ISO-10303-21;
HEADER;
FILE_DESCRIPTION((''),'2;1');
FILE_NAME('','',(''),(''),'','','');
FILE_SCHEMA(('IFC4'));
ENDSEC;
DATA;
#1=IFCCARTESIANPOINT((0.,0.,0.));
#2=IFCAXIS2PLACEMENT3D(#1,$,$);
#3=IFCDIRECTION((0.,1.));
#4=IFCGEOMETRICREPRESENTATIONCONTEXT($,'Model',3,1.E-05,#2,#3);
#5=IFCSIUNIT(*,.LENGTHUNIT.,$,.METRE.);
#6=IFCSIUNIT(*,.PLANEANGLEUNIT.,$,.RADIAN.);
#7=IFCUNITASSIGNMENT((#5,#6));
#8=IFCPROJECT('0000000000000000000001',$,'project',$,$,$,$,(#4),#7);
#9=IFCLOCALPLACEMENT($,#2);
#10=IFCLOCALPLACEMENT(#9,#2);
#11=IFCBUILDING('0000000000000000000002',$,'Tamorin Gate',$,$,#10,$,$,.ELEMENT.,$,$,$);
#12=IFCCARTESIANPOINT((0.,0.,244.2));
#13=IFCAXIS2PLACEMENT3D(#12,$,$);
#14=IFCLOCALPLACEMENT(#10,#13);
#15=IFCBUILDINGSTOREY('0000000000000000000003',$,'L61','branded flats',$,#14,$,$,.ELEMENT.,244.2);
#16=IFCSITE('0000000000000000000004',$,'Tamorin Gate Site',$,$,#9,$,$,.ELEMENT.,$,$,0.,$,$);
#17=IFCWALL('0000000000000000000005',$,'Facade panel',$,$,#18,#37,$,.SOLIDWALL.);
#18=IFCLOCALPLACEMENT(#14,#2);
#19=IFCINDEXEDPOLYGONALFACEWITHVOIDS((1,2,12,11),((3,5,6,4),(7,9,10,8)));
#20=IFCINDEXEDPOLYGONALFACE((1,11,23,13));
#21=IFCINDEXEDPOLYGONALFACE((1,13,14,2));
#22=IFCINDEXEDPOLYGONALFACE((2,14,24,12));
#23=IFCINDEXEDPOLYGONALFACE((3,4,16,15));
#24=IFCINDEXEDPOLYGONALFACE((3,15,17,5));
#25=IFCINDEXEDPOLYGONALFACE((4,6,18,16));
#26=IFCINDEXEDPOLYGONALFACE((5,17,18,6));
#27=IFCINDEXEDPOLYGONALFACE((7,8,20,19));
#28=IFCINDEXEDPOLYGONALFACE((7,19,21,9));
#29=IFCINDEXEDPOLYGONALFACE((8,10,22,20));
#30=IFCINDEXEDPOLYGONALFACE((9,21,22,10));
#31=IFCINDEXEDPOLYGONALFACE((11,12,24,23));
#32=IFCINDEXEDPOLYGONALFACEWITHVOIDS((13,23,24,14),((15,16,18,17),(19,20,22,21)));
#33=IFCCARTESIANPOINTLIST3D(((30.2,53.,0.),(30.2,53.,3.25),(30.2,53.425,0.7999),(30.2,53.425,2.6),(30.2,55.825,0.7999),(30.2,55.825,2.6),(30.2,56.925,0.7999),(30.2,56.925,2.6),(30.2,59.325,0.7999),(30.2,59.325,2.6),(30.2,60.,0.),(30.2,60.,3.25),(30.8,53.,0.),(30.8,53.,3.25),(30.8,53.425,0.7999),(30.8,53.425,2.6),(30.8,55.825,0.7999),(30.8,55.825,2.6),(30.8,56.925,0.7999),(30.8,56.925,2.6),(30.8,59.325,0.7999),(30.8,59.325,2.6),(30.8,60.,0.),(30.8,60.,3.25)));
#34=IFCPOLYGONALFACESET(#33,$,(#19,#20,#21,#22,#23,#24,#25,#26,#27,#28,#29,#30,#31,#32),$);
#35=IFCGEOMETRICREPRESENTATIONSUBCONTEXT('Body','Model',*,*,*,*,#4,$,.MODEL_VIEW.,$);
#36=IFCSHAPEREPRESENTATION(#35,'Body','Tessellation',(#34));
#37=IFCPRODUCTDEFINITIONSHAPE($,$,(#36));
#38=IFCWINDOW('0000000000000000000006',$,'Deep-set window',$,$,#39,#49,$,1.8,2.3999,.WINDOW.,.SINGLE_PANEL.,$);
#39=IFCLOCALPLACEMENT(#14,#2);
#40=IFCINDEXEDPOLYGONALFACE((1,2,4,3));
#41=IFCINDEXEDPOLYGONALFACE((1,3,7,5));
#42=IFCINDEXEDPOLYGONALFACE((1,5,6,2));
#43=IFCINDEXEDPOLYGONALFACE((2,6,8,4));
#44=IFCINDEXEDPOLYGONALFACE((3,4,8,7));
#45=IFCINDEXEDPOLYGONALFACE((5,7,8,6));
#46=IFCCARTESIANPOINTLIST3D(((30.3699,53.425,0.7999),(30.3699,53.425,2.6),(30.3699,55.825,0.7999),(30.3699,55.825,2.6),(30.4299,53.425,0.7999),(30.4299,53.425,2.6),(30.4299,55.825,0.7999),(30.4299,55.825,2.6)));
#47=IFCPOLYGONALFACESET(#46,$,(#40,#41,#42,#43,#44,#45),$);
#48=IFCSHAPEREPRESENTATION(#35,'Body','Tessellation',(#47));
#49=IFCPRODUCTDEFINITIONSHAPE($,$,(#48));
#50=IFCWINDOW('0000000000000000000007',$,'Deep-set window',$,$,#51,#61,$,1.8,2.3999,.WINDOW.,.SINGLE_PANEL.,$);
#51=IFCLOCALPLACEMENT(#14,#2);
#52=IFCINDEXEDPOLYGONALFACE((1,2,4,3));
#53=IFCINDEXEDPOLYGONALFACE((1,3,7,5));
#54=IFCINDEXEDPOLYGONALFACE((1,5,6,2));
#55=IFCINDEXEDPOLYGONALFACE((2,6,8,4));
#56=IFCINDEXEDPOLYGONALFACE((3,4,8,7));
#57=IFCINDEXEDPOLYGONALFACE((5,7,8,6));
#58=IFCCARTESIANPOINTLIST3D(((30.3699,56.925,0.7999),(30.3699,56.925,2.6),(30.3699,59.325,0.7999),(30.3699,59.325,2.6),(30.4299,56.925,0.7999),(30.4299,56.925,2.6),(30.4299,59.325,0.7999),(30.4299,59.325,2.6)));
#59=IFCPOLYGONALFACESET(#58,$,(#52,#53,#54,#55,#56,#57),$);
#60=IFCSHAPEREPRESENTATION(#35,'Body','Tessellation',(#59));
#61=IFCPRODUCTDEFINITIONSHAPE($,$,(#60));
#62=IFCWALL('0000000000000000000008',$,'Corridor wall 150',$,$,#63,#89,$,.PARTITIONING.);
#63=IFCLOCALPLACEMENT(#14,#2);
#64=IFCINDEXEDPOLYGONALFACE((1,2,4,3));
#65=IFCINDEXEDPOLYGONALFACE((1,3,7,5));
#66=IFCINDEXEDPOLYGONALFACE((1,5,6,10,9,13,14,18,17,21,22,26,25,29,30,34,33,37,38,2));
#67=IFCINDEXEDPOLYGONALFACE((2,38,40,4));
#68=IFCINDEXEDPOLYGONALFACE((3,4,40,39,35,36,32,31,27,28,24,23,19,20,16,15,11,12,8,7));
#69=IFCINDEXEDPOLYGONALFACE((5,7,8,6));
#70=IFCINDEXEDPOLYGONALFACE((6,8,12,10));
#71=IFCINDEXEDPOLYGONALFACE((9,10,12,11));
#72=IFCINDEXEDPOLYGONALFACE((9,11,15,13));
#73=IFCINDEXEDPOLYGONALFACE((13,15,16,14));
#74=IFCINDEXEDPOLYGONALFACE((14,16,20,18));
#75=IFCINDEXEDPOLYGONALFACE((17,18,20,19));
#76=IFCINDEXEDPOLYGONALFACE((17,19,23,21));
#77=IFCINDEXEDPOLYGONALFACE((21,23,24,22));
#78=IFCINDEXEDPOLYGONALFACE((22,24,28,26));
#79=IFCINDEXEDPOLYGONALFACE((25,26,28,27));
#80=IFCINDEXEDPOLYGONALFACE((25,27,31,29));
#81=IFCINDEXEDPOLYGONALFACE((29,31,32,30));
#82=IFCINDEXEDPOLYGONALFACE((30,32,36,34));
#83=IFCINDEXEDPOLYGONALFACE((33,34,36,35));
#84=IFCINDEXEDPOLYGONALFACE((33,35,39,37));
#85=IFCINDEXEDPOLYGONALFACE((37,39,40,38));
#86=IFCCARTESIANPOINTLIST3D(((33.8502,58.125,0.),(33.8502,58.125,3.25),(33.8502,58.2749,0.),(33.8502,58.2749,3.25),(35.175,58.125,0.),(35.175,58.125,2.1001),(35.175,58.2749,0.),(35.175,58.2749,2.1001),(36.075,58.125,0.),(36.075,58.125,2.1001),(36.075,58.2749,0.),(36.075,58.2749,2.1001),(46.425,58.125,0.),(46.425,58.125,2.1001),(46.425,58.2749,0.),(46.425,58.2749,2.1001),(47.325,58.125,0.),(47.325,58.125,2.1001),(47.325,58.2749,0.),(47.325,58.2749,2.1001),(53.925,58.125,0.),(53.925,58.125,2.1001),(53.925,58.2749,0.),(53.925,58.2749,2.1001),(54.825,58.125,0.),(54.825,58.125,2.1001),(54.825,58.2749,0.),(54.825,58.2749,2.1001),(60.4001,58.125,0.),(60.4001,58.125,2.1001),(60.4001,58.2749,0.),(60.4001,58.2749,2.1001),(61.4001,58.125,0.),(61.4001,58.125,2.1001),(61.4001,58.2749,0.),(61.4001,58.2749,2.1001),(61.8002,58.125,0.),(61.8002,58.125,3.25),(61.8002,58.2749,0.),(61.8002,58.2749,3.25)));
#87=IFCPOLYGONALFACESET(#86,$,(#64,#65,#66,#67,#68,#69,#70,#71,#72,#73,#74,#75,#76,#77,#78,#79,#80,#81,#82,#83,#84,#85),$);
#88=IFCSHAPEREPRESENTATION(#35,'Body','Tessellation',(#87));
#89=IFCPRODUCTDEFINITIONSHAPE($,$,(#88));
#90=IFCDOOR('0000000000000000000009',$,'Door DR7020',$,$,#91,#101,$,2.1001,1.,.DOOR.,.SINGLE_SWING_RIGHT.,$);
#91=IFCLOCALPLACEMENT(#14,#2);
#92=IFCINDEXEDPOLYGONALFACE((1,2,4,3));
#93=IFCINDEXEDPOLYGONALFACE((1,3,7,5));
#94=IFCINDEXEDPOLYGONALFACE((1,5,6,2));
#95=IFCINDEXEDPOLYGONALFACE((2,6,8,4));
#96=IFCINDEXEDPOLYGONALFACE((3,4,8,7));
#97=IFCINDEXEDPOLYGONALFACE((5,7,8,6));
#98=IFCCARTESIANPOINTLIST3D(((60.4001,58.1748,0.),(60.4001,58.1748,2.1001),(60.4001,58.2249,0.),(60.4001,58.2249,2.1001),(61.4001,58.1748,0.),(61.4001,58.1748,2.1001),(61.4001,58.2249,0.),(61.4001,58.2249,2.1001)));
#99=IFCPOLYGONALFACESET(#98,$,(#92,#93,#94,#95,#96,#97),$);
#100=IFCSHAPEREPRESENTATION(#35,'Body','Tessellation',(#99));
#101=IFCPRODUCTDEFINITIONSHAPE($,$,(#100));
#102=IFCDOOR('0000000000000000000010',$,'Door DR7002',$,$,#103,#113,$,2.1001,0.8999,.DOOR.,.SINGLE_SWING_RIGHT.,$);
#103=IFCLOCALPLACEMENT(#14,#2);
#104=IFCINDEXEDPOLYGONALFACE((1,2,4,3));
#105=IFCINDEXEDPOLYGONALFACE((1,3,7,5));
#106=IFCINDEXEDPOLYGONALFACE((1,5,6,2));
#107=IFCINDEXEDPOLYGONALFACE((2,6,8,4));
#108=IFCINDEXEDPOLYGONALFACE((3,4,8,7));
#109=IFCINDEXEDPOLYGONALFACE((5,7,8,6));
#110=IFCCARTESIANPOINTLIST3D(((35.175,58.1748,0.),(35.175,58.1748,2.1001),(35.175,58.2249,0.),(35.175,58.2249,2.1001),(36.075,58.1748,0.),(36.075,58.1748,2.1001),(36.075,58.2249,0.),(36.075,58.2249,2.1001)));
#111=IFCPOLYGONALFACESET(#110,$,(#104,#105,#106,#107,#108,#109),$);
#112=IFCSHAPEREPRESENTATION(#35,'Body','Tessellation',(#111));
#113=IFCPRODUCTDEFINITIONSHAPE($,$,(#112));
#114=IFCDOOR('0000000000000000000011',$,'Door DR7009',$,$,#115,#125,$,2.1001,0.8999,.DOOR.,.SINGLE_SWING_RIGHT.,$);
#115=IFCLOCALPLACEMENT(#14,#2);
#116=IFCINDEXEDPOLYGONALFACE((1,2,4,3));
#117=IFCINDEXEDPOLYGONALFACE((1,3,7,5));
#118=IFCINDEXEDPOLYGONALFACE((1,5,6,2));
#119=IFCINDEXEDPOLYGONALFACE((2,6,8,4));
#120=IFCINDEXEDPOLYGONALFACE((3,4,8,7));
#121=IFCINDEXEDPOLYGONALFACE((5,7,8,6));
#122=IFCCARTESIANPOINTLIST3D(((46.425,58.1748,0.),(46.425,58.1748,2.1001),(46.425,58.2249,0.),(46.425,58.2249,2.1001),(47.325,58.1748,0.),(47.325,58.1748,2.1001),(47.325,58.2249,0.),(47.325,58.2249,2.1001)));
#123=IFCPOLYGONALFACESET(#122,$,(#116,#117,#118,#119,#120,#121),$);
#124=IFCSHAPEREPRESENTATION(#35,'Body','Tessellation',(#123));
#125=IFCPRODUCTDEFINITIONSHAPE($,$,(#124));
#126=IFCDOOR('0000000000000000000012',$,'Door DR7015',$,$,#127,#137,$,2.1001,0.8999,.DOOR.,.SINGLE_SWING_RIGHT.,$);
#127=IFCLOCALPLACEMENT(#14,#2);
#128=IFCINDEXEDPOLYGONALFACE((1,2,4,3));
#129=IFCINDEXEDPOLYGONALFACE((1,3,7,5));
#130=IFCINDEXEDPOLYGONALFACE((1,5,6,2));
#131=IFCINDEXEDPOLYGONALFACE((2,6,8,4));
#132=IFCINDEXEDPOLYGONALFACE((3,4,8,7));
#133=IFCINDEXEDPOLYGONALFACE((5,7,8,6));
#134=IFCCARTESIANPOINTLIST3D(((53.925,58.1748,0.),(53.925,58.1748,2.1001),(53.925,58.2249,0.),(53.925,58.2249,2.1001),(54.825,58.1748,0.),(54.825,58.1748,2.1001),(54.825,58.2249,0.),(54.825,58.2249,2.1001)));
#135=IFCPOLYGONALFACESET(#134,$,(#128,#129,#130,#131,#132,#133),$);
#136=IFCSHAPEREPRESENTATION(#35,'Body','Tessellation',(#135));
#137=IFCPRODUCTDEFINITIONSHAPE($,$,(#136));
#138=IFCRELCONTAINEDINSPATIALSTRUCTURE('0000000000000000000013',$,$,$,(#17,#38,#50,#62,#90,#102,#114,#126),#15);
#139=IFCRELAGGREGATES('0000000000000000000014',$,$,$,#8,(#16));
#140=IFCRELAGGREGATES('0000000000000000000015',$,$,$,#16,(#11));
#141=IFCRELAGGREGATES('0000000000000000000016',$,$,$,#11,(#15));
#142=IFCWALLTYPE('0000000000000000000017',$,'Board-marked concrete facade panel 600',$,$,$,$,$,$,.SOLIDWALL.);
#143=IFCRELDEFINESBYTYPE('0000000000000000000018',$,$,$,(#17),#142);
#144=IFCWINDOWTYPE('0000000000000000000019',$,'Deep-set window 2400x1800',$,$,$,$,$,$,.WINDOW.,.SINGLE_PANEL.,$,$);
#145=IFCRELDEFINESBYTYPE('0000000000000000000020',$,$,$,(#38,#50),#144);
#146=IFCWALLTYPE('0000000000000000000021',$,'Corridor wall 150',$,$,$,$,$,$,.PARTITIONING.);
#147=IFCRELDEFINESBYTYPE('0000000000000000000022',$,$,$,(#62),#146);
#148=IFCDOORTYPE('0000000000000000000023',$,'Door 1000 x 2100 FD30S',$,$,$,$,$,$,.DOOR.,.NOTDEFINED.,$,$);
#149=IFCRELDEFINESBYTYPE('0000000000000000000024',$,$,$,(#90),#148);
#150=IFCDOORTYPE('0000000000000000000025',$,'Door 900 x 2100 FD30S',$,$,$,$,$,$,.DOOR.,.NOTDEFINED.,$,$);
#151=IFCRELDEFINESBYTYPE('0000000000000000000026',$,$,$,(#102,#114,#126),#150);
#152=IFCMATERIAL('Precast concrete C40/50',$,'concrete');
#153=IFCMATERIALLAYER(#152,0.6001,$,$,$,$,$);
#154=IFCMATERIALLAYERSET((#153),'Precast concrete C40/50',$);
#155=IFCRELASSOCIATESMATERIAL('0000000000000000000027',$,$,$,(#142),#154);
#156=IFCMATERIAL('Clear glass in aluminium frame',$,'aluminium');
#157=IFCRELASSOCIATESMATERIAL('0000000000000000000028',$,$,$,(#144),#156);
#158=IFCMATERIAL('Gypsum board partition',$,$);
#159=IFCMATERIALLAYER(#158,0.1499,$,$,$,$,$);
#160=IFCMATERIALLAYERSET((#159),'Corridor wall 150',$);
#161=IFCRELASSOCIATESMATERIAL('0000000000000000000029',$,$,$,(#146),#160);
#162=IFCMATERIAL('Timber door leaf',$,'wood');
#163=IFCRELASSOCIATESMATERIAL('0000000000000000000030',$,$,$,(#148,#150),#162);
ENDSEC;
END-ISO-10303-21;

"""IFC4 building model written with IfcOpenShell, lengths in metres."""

from ifc_helpers import new_model, si_unit, direction, frame, frame_2d, origin, place, context, subcontext, project, spatial, rectangle, extrude, material, layer, layer_set, type_object, element, fill, save


model = new_model("IFC4")

# Units and contexts
model_context = context("Model", 3, precision=1e-05, world=origin(), true_north=direction((0.0, 1.0)))
body_context = subcontext(model_context, "Body", "Model", "MODEL_VIEW")
ifc_project = project(units=[si_unit("LENGTHUNIT", "METRE"), si_unit("PLANEANGLEUNIT", "RADIAN")], contexts=[model_context])

# Site, building, storey
site_placement = place(None, origin())
site = spatial("IfcSite", under=ifc_project, at=site_placement, Name="Tamorin Gate Site", CompositionType="ELEMENT", RefElevation=0.0)
building_placement = place(site_placement, origin())
building = spatial("IfcBuilding", under=site, at=building_placement, Name="Tamorin Gate", CompositionType="ELEMENT")
storey_placement = place(building_placement, frame((0.0, 0.0, 244.2)))
storey = spatial("IfcBuildingStorey", under=building, at=storey_placement, Name="L61", Description="branded flats", CompositionType="ELEMENT", Elevation=244.2)

# Wall, openings, windows
ifc_material_1 = material(Name="Precast concrete C40/50", Category="concrete")
ifc_layer_1 = layer(ifc_material_1, 0.6001)
ifc_layer_set_1 = layer_set([ifc_layer_1], Name="Precast concrete C40/50")
wall_type_1 = type_object("IfcWallType", Name="Board-marked concrete facade panel 600", PredefinedType="SOLIDWALL", material=ifc_layer_set_1)
wall_1_placement = place(storey_placement, frame((30.5, 60.0, 0.0), z_axis=(0.0, 0.0, 1.0), x_axis=(0.0, -1.0, 0.0)))
wall_1 = element("IfcWall", 1, at=wall_1_placement, inside=storey, type_object=wall_type_1, Name="Facade panel", PredefinedType="SOLIDWALL", context=body_context, shape_type="SweptSolid", body=[
    extrude(rectangle(XDim=7.0, YDim=0.6001, at=frame_2d((3.5, 0.0))), origin(), (0.0, 0.0, 1.0), 3.25),
])
opening_1_placement = place(wall_1_placement, frame((4.175, 0.0, 0.8)))
opening_1 = element("IfcOpeningElement", 2, at=opening_1_placement, cuts=wall_1, PredefinedType="OPENING", context=body_context, shape_type="SweptSolid", body=[
    extrude(rectangle(XDim=2.3999, YDim=1.8, at=frame_2d((1.2, 0.8999))), frame((0.0, 0.3101, 0.0), z_axis=(0.0, -1.0, 0.0), x_axis=(1.0, 0.0, 0.0)), (0.0, 0.0, 1.0), 0.6201),
])
opening_2_placement = place(wall_1_placement, frame((0.675, 0.0, 0.8)))
opening_2 = element("IfcOpeningElement", 3, at=opening_2_placement, cuts=wall_1, PredefinedType="OPENING", context=body_context, shape_type="SweptSolid", body=[
    extrude(rectangle(XDim=2.3999, YDim=1.8, at=frame_2d((1.2, 0.8999))), frame((0.0, 0.3101, 0.0), z_axis=(0.0, -1.0, 0.0), x_axis=(1.0, 0.0, 0.0)), (0.0, 0.0, 1.0), 0.6201),
])
ifc_material_2 = material(Name="Clear glass in aluminium frame", Category="aluminium")
window_type = type_object("IfcWindowType", Name="Deep-set window 2400x1800", PartitioningType="SINGLE_PANEL", PredefinedType="WINDOW", material=ifc_material_2)
window_1_placement = place(opening_1_placement, origin())
window_1 = element("IfcWindow", 4, at=window_1_placement, inside=storey, type_object=window_type, Name="Deep-set window", OverallHeight=1.8, OverallWidth=2.3999, PartitioningType="SINGLE_PANEL", PredefinedType="WINDOW", context=body_context, shape_type="SweptSolid", body=[
    extrude(rectangle(XDim=2.3999, YDim=1.8, at=frame_2d((1.2, 0.8999))), frame((0.0, -0.0701, 0.0), z_axis=(0.0, -1.0, 0.0), x_axis=(1.0, 0.0, 0.0)), (0.0, 0.0, 1.0), 0.0601),
])
fill(opening_1, window_1)
window_2_placement = place(opening_2_placement, origin())
window_2 = element("IfcWindow", 5, at=window_2_placement, inside=storey, type_object=window_type, Name="Deep-set window", OverallHeight=1.8, OverallWidth=2.3999, PartitioningType="SINGLE_PANEL", PredefinedType="WINDOW", context=body_context, shape_type="SweptSolid", body=[
    extrude(rectangle(XDim=2.3999, YDim=1.8, at=frame_2d((1.2, 0.8999))), frame((0.0, -0.0701, 0.0), z_axis=(0.0, -1.0, 0.0), x_axis=(1.0, 0.0, 0.0)), (0.0, 0.0, 1.0), 0.0601),
])
fill(opening_2, window_2)

# Wall, openings, doors
ifc_material_3 = material(Name="Gypsum board partition")
ifc_layer_2 = layer(ifc_material_3, 0.1499)
ifc_layer_set_2 = layer_set([ifc_layer_2], Name="Corridor wall 150")
wall_type_2 = type_object("IfcWallType", Name="Corridor wall 150", PredefinedType="PARTITIONING", material=ifc_layer_set_2)
wall_2_placement = place(storey_placement, frame((33.8501, 58.2, 0.0), z_axis=(0.0, 0.0, 1.0), x_axis=(1.0, 0.0, 0.0)))
wall_2 = element("IfcWall", 6, at=wall_2_placement, inside=storey, type_object=wall_type_2, Name="Corridor wall 150", PredefinedType="PARTITIONING", context=body_context, shape_type="SweptSolid", body=[
    extrude(rectangle(XDim=27.95, YDim=0.1499, at=frame_2d((13.9751, 0.0))), origin(), (0.0, 0.0, 1.0), 3.25),
])
opening_3_placement = place(wall_2_placement, frame((1.325, 0.0, 0.0)))
opening_3 = element("IfcOpeningElement", 7, at=opening_3_placement, cuts=wall_2, PredefinedType="OPENING", context=body_context, shape_type="SweptSolid", body=[
    extrude(rectangle(XDim=0.8999, YDim=2.1001, at=frame_2d((0.45, 1.05))), frame((0.0, 0.085, 0.0), z_axis=(0.0, -1.0, 0.0), x_axis=(1.0, 0.0, 0.0)), (0.0, 0.0, 1.0), 0.1699),
])
opening_4_placement = place(wall_2_placement, frame((12.575, 0.0, 0.0)))
opening_4 = element("IfcOpeningElement", 8, at=opening_4_placement, cuts=wall_2, PredefinedType="OPENING", context=body_context, shape_type="SweptSolid", body=[
    extrude(rectangle(XDim=0.8999, YDim=2.1001, at=frame_2d((0.45, 1.05))), frame((0.0, 0.085, 0.0), z_axis=(0.0, -1.0, 0.0), x_axis=(1.0, 0.0, 0.0)), (0.0, 0.0, 1.0), 0.1699),
])
opening_5_placement = place(wall_2_placement, frame((20.075, 0.0, 0.0)))
opening_5 = element("IfcOpeningElement", 9, at=opening_5_placement, cuts=wall_2, PredefinedType="OPENING", context=body_context, shape_type="SweptSolid", body=[
    extrude(rectangle(XDim=0.8999, YDim=2.1001, at=frame_2d((0.45, 1.05))), frame((0.0, 0.085, 0.0), z_axis=(0.0, -1.0, 0.0), x_axis=(1.0, 0.0, 0.0)), (0.0, 0.0, 1.0), 0.1699),
])
opening_6_placement = place(wall_2_placement, frame((26.55, 0.0, 0.0)))
opening_6 = element("IfcOpeningElement", 10, at=opening_6_placement, cuts=wall_2, PredefinedType="OPENING", context=body_context, shape_type="SweptSolid", body=[
    extrude(rectangle(XDim=1.0, YDim=2.1001, at=frame_2d((0.5, 1.05))), frame((0.0, 0.085, 0.0), z_axis=(0.0, -1.0, 0.0), x_axis=(1.0, 0.0, 0.0)), (0.0, 0.0, 1.0), 0.1699),
])
ifc_material_4 = material(Name="Timber door leaf", Category="wood")
door_type_1 = type_object("IfcDoorType", Name="Door 1000 x 2100 FD30S", OperationType="NOTDEFINED", PredefinedType="DOOR", material=ifc_material_4)
door_1_placement = place(opening_6_placement, origin())
door_1 = element("IfcDoor", 11, at=door_1_placement, inside=storey, type_object=door_type_1, Name="Door DR7020", OperationType="SINGLE_SWING_RIGHT", OverallHeight=2.1001, OverallWidth=1.0, PredefinedType="DOOR", context=body_context, shape_type="SweptSolid", body=[
    extrude(rectangle(XDim=1.0, YDim=2.1001, at=frame_2d((0.5, 1.05))), frame((0.0, 0.0249, 0.0), z_axis=(0.0, -1.0, 0.0), x_axis=(1.0, 0.0, 0.0)), (0.0, 0.0, 1.0), 0.05),
])
fill(opening_6, door_1)
door_type_2 = type_object("IfcDoorType", Name="Door 900 x 2100 FD30S", OperationType="NOTDEFINED", PredefinedType="DOOR", material=ifc_material_4)
door_2_placement = place(opening_3_placement, origin())
door_2 = element("IfcDoor", 12, at=door_2_placement, inside=storey, type_object=door_type_2, Name="Door DR7002", OperationType="SINGLE_SWING_RIGHT", OverallHeight=2.1001, OverallWidth=0.8999, PredefinedType="DOOR", context=body_context, shape_type="SweptSolid", body=[
    extrude(rectangle(XDim=0.8999, YDim=2.1001, at=frame_2d((0.45, 1.05))), frame((0.0, 0.0249, 0.0), z_axis=(0.0, -1.0, 0.0), x_axis=(1.0, 0.0, 0.0)), (0.0, 0.0, 1.0), 0.05),
])
fill(opening_3, door_2)
door_3_placement = place(opening_4_placement, origin())
door_3 = element("IfcDoor", 13, at=door_3_placement, inside=storey, type_object=door_type_2, Name="Door DR7009", OperationType="SINGLE_SWING_RIGHT", OverallHeight=2.1001, OverallWidth=0.8999, PredefinedType="DOOR", context=body_context, shape_type="SweptSolid", body=[
    extrude(rectangle(XDim=0.8999, YDim=2.1001, at=frame_2d((0.45, 1.05))), frame((0.0, 0.0249, 0.0), z_axis=(0.0, -1.0, 0.0), x_axis=(1.0, 0.0, 0.0)), (0.0, 0.0, 1.0), 0.05),
])
fill(opening_4, door_3)
door_4_placement = place(opening_5_placement, origin())
door_4 = element("IfcDoor", 14, at=door_4_placement, inside=storey, type_object=door_type_2, Name="Door DR7015", OperationType="SINGLE_SWING_RIGHT", OverallHeight=2.1001, OverallWidth=0.8999, PredefinedType="DOOR", context=body_context, shape_type="SweptSolid", body=[
    extrude(rectangle(XDim=0.8999, YDim=2.1001, at=frame_2d((0.45, 1.05))), frame((0.0, 0.0249, 0.0), z_axis=(0.0, -1.0, 0.0), x_axis=(1.0, 0.0, 0.0)), (0.0, 0.0, 1.0), 0.05),
])
fill(opening_5, door_4)

save(model, "model.ifc")
